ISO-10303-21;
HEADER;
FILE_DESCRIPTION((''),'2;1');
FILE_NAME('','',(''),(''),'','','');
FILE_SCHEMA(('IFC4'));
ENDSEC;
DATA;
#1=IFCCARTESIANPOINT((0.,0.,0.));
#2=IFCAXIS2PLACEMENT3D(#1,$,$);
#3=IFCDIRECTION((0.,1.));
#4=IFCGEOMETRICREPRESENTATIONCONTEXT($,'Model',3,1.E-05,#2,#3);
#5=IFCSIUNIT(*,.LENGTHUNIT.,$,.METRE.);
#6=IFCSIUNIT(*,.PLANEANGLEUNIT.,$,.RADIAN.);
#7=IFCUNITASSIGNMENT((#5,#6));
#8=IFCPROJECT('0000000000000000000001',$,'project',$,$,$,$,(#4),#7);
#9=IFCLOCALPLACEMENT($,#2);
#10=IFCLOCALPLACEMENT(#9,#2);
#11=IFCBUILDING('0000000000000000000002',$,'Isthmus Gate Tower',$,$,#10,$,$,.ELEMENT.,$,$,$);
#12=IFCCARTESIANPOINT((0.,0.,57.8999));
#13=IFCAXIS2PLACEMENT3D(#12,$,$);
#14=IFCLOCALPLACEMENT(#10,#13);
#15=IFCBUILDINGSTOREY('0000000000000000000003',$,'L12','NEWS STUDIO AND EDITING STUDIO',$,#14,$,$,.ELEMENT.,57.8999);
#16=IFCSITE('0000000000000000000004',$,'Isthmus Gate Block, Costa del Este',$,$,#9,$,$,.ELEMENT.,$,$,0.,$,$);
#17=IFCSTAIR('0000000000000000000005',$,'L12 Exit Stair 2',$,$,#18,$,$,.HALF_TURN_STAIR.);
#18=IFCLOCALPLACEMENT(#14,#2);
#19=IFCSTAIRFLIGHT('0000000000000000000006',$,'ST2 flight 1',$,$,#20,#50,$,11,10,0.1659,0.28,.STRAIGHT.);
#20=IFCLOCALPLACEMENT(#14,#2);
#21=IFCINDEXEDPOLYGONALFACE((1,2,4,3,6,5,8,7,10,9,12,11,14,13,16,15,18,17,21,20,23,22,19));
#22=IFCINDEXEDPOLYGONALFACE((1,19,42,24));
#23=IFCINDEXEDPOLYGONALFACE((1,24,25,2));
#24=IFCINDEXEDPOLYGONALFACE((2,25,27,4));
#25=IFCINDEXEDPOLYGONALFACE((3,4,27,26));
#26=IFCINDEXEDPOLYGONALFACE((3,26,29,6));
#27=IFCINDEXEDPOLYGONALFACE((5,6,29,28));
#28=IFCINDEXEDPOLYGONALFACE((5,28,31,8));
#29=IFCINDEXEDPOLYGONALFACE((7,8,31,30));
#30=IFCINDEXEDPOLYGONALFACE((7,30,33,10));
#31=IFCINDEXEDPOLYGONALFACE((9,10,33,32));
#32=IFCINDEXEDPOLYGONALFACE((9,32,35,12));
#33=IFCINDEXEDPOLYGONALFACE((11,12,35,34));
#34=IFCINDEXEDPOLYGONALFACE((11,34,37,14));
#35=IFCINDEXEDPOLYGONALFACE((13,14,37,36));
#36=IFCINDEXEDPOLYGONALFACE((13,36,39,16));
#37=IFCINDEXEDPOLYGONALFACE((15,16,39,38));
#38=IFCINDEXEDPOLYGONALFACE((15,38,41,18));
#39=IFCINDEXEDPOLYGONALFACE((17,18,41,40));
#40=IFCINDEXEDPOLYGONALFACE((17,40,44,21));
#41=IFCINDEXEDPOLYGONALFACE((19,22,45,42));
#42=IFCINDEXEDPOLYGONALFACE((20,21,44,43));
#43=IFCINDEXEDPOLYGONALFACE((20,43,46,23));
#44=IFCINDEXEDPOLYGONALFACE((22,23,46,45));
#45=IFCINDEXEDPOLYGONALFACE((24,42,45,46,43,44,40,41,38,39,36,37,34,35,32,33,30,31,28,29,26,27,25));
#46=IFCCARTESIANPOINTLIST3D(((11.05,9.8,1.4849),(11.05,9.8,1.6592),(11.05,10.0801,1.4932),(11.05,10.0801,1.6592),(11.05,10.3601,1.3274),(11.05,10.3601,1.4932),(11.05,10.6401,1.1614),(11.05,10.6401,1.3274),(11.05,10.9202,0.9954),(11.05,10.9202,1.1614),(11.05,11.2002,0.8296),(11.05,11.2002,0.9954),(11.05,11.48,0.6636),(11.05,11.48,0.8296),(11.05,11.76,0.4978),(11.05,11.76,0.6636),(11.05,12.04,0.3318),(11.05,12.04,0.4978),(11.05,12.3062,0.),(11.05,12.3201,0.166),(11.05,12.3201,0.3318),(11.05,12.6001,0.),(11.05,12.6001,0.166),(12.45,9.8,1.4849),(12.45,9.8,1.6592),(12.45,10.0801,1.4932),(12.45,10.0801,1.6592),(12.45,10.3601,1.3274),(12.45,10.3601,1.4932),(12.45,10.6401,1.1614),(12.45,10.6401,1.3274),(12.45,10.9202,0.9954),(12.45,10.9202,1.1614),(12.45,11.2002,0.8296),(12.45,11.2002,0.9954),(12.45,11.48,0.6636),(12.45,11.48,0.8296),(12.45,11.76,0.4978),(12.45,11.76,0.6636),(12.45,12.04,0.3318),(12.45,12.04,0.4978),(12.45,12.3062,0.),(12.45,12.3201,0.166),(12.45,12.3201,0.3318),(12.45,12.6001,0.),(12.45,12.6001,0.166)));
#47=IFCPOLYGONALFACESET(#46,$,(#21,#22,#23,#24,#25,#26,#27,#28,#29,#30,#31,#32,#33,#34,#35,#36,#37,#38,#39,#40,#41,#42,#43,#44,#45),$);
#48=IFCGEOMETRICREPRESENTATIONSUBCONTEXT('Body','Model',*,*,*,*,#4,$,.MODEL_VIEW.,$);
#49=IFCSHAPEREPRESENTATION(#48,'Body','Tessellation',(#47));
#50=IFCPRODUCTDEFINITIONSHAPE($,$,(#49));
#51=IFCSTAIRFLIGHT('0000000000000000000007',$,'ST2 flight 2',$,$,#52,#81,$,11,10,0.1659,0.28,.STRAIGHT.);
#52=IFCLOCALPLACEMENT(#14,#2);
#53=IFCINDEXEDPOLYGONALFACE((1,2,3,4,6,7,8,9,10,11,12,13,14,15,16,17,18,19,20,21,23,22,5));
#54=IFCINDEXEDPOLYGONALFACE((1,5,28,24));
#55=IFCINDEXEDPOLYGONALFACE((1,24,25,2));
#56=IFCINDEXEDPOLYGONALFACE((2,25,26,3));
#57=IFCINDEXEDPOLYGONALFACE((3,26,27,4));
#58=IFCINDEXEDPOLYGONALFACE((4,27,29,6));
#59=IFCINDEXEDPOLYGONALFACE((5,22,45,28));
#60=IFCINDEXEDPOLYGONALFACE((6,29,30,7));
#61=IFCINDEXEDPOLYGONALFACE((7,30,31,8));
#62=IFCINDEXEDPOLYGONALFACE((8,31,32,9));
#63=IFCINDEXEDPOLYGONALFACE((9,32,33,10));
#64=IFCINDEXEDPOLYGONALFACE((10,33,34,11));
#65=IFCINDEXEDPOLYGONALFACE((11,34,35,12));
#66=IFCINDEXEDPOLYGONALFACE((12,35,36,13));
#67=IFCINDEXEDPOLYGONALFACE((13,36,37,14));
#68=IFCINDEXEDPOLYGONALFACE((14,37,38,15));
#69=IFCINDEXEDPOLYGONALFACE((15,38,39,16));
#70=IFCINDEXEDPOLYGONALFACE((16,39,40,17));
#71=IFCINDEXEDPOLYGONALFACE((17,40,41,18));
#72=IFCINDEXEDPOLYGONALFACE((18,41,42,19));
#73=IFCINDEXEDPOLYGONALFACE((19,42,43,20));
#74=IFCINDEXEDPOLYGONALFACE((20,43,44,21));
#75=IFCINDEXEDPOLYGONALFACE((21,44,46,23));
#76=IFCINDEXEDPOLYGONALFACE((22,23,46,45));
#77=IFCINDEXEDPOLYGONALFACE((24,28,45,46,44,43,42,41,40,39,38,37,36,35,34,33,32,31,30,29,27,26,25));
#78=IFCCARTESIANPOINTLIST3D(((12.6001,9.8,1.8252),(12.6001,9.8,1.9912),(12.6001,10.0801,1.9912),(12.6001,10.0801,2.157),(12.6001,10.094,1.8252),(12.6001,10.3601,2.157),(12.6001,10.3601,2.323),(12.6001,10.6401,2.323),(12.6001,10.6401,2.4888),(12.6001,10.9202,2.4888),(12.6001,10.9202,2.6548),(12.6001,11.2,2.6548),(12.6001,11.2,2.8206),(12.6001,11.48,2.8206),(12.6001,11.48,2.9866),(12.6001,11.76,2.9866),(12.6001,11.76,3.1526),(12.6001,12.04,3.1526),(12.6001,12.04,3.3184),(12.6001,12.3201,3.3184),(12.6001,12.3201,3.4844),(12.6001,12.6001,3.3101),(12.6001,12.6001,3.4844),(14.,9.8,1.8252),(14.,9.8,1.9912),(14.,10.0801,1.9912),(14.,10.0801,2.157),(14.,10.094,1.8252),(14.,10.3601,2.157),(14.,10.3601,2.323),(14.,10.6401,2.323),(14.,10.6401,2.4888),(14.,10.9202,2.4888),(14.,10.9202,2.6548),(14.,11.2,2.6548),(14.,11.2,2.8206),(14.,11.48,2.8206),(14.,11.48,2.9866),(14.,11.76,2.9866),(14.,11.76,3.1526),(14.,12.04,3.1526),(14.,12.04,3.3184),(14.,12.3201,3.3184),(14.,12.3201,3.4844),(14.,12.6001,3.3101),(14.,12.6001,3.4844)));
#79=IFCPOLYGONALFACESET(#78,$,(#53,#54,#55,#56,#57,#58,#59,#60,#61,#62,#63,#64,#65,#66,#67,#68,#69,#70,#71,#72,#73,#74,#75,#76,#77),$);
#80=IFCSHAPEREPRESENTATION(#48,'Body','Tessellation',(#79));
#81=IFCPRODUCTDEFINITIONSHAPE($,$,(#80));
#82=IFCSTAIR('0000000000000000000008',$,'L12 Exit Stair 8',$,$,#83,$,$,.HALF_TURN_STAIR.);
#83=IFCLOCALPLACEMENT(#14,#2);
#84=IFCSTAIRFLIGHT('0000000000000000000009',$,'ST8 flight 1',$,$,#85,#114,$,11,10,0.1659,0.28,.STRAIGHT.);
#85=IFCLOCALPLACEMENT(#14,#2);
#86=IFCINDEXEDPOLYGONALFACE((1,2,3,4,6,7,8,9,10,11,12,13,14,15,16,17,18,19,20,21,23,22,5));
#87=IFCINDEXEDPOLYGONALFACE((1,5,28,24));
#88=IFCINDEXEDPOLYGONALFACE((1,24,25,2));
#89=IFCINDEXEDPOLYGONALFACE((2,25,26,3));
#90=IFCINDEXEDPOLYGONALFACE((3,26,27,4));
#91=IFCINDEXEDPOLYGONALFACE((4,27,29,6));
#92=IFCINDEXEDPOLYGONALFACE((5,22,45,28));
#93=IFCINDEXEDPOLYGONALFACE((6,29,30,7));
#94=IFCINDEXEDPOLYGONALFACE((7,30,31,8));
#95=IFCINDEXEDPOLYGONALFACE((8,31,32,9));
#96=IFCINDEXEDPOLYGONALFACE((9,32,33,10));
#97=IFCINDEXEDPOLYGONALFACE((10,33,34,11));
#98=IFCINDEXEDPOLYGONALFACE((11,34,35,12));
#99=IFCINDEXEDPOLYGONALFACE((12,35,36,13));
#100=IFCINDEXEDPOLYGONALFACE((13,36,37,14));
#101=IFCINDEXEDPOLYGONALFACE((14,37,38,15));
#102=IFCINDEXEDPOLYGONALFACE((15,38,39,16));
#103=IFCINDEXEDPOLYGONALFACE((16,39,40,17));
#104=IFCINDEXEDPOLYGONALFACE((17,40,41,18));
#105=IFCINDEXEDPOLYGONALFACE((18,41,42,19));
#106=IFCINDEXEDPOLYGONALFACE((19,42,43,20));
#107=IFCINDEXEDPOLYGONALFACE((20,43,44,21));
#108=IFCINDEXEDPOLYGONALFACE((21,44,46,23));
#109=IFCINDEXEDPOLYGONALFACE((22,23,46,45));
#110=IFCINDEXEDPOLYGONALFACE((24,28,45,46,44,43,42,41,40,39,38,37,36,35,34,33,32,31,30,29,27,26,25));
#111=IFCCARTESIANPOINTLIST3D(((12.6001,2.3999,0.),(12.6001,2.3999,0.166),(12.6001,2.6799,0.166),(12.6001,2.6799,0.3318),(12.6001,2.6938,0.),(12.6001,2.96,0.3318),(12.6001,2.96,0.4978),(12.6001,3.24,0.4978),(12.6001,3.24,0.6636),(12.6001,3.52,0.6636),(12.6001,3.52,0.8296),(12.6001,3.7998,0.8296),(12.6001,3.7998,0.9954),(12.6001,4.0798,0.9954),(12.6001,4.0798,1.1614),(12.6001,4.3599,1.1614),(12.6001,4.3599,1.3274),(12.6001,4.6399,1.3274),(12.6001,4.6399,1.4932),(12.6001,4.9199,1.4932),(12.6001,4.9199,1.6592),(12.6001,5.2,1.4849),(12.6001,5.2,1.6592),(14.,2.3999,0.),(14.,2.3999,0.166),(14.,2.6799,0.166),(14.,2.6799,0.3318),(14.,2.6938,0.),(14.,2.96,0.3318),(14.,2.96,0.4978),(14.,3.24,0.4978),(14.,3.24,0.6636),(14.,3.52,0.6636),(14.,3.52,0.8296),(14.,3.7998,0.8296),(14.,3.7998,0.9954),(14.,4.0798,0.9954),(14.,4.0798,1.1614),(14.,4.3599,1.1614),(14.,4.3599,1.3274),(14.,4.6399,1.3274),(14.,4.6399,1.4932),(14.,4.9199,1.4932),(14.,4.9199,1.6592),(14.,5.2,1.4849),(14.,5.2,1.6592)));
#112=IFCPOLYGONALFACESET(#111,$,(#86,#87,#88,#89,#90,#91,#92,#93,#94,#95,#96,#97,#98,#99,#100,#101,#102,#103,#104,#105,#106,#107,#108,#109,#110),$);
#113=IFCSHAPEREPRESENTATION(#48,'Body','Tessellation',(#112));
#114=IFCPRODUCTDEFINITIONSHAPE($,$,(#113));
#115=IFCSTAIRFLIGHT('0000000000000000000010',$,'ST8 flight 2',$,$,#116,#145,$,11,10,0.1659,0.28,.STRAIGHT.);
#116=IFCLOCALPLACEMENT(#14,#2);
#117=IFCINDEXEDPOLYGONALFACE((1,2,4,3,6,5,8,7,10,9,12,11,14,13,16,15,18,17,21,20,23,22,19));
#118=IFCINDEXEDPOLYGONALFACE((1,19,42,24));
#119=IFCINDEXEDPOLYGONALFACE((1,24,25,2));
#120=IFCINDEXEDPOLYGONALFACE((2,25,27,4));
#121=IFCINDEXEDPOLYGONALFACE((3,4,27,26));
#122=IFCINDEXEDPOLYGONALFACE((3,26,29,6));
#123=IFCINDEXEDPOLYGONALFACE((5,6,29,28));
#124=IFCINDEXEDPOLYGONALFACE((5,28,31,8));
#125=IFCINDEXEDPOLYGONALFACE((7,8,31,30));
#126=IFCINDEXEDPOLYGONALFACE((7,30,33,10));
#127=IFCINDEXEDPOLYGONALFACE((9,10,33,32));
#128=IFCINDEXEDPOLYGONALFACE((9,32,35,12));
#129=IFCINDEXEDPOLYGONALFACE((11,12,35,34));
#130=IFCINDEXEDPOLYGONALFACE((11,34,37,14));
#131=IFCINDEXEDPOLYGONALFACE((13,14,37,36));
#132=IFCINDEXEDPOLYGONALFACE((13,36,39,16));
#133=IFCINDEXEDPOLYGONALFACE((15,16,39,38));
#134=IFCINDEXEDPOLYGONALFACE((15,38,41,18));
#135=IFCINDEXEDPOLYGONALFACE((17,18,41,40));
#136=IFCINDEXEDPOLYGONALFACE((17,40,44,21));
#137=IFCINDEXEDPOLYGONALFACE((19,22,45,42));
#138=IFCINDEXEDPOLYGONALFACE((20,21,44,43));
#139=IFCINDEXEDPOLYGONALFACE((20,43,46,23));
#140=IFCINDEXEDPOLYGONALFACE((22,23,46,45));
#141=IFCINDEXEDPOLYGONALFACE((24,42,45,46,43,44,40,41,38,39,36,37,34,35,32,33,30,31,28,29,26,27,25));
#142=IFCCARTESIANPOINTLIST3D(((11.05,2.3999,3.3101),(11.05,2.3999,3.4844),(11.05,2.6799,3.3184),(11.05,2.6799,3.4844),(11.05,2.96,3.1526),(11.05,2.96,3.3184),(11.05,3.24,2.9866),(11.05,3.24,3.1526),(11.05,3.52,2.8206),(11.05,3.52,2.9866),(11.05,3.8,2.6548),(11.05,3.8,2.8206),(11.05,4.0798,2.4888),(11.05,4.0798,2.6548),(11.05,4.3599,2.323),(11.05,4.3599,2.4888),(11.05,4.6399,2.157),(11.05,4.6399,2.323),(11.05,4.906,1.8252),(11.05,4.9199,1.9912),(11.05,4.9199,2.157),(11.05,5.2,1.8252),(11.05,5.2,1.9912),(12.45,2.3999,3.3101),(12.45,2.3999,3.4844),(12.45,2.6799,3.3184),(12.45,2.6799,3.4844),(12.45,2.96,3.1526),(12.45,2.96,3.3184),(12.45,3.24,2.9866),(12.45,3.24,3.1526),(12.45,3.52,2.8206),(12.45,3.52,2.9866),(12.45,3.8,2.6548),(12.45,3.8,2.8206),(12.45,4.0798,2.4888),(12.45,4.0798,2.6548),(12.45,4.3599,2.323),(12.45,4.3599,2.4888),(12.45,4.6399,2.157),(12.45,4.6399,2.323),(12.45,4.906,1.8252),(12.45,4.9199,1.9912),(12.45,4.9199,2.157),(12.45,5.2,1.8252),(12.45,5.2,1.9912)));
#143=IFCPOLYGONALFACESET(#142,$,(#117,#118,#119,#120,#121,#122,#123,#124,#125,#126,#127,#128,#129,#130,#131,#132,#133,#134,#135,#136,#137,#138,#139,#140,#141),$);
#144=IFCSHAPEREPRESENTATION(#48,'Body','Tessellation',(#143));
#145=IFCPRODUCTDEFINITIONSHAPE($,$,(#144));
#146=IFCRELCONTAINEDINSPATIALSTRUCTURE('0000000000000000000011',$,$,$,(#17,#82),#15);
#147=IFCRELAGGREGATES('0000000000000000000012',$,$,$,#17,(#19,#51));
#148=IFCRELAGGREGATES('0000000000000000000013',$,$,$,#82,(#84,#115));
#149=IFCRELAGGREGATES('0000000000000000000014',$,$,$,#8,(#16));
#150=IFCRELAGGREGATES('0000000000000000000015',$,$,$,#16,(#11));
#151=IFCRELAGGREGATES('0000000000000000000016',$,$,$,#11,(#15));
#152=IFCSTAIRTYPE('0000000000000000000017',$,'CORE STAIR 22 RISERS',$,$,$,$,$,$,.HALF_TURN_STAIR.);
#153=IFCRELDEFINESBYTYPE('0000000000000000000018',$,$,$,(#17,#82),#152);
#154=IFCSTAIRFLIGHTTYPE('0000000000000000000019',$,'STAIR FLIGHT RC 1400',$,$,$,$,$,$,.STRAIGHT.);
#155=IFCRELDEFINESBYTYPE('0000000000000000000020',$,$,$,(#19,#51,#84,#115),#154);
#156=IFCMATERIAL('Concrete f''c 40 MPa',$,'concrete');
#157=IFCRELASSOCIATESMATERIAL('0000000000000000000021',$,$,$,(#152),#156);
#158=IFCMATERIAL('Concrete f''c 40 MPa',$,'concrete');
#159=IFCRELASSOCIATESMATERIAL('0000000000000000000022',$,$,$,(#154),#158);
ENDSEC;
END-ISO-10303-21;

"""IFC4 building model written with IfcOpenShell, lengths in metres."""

from ifc_helpers import new_model, si_unit, direction, frame, origin, place, context, subcontext, project, spatial, polyline, outline, extrude, material, type_object, element, aggregate, save


model = new_model("IFC4")

# Units and contexts
model_context = context("Model", 3, precision=1e-05, world=origin(), true_north=direction((0.0, 1.0)))
body_context = subcontext(model_context, "Body", "Model", "MODEL_VIEW")
ifc_project = project(units=[si_unit("LENGTHUNIT", "METRE"), si_unit("PLANEANGLEUNIT", "RADIAN")], contexts=[model_context])

# Site, building, storey
site_placement = place(None, origin())
site = spatial("IfcSite", under=ifc_project, at=site_placement, Name="Isthmus Gate Block, Costa del Este", CompositionType="ELEMENT", RefElevation=0.0)
building_placement = place(site_placement, origin())
building = spatial("IfcBuilding", under=site, at=building_placement, Name="Isthmus Gate Tower", CompositionType="ELEMENT")
storey_placement = place(building_placement, frame((0.0, 0.0, 57.8999)))
storey = spatial("IfcBuildingStorey", under=building, at=storey_placement, Name="L12", Description="NEWS STUDIO AND EDITING STUDIO", CompositionType="ELEMENT", Elevation=57.8999)

# Stairs, stair flights
ifc_material_1 = material(Name="Concrete f'c 40 MPa", Category="concrete")
stair_type = type_object("IfcStairType", Name="CORE STAIR 22 RISERS", PredefinedType="HALF_TURN_STAIR", material=ifc_material_1)
stair_1_placement = place(storey_placement, origin())
stair_1 = element("IfcStair", 1, at=stair_1_placement, inside=storey, type_object=stair_type, Name="L12 Exit Stair 2", PredefinedType="HALF_TURN_STAIR")
ifc_material_2 = material(Name="Concrete f'c 40 MPa", Category="concrete")
stair_flight_type = type_object("IfcStairFlightType", Name="STAIR FLIGHT RC 1400", PredefinedType="STRAIGHT", material=ifc_material_2)
stair_flight_1_placement = place(storey_placement, frame((11.75, 12.6001, 0.0), z_axis=(0.0, 0.0, 1.0), x_axis=(0.0, -1.0, 0.0)))
stair_flight_1 = element("IfcStairFlight", 2, at=stair_flight_1_placement, type_object=stair_flight_type, Name="ST2 flight 1", NumberOfRisers=11, NumberOfTreads=10, PredefinedType="STRAIGHT", RiserHeight=0.1659, TreadLength=0.28, context=body_context, shape_type="SweptSolid", body=[
    extrude(outline(polyline([(0.0, 0.0), (0.0, 0.166), (0.28, 0.166), (0.28, 0.3318), (0.5601, 0.3318), (0.5601, 0.4978), (0.8401, 0.4978), (0.8401, 0.6636), (1.1201, 0.6636), (1.1201, 0.8296), (1.3999, 0.8296), (1.3999, 0.9954), (1.6799, 0.9954), (1.6799, 1.1614), (1.96, 1.1614), (1.96, 1.3274), (2.24, 1.3274), (2.24, 1.4932), (2.52, 1.4932), (2.52, 1.6592), (2.8, 1.6592), (2.8, 1.825), (2.8, 1.4849), (0.2939, 0.0), (0.0, 0.0)])), frame((0.0, 0.7, 0.0), z_axis=(0.0, -1.0, 0.0), x_axis=(1.0, 0.0, 0.0)), (0.0, 0.0, 1.0), 1.3999),
])
stair_flight_2_placement = place(storey_placement, frame((13.3, 9.8, 1.8252), z_axis=(0.0, 0.0, 1.0), x_axis=(0.0, 1.0, 0.0)))
stair_flight_2 = element("IfcStairFlight", 3, at=stair_flight_2_placement, type_object=stair_flight_type, Name="ST2 flight 2", NumberOfRisers=11, NumberOfTreads=10, PredefinedType="STRAIGHT", RiserHeight=0.1659, TreadLength=0.28, context=body_context, shape_type="SweptSolid", body=[
    extrude(outline(polyline([(0.0, 0.0), (0.0, 0.166), (0.28, 0.166), (0.28, 0.3318), (0.5601, 0.3318), (0.5601, 0.4978), (0.8401, 0.4978), (0.8401, 0.6636), (1.1201, 0.6636), (1.1201, 0.8296), (1.3999, 0.8296), (1.3999, 0.9954), (1.6799, 0.9954), (1.6799, 1.1614), (1.96, 1.1614), (1.96, 1.3274), (2.24, 1.3274), (2.24, 1.4932), (2.52, 1.4932), (2.52, 1.6592), (2.8, 1.6592), (2.8, 1.825), (2.8, 1.4849), (0.2939, 0.0), (0.0, 0.0)])), frame((0.0, 0.7, 0.0), z_axis=(0.0, -1.0, 0.0), x_axis=(1.0, 0.0, 0.0)), (0.0, 0.0, 1.0), 1.3999),
])
aggregate(stair_1, [stair_flight_1, stair_flight_2])
stair_2_placement = place(storey_placement, origin())
stair_2 = element("IfcStair", 4, at=stair_2_placement, inside=storey, type_object=stair_type, Name="L12 Exit Stair 8", PredefinedType="HALF_TURN_STAIR")
stair_flight_3_placement = place(storey_placement, frame((13.3, 2.3999, 0.0), z_axis=(0.0, 0.0, 1.0), x_axis=(0.0, 1.0, 0.0)))
stair_flight_3 = element("IfcStairFlight", 5, at=stair_flight_3_placement, type_object=stair_flight_type, Name="ST8 flight 1", NumberOfRisers=11, NumberOfTreads=10, PredefinedType="STRAIGHT", RiserHeight=0.1659, TreadLength=0.28, context=body_context, shape_type="SweptSolid", body=[
    extrude(outline(polyline([(0.0, 0.0), (0.0, 0.166), (0.28, 0.166), (0.28, 0.3318), (0.5601, 0.3318), (0.5601, 0.4978), (0.8401, 0.4978), (0.8401, 0.6636), (1.1201, 0.6636), (1.1201, 0.8296), (1.3999, 0.8296), (1.3999, 0.9954), (1.6799, 0.9954), (1.6799, 1.1614), (1.96, 1.1614), (1.96, 1.3274), (2.24, 1.3274), (2.24, 1.4932), (2.52, 1.4932), (2.52, 1.6592), (2.8, 1.6592), (2.8, 1.825), (2.8, 1.4849), (0.2939, 0.0), (0.0, 0.0)])), frame((0.0, 0.7, 0.0), z_axis=(0.0, -1.0, 0.0), x_axis=(1.0, 0.0, 0.0)), (0.0, 0.0, 1.0), 1.3999),
])
stair_flight_4_placement = place(storey_placement, frame((11.75, 5.2, 1.8252), z_axis=(0.0, 0.0, 1.0), x_axis=(0.0, -1.0, 0.0)))
stair_flight_4 = element("IfcStairFlight", 6, at=stair_flight_4_placement, type_object=stair_flight_type, Name="ST8 flight 2", NumberOfRisers=11, NumberOfTreads=10, PredefinedType="STRAIGHT", RiserHeight=0.1659, TreadLength=0.28, context=body_context, shape_type="SweptSolid", body=[
    extrude(outline(polyline([(0.0, 0.0), (0.0, 0.166), (0.28, 0.166), (0.28, 0.3318), (0.5601, 0.3318), (0.5601, 0.4978), (0.8401, 0.4978), (0.8401, 0.6636), (1.1201, 0.6636), (1.1201, 0.8296), (1.3999, 0.8296), (1.3999, 0.9954), (1.6799, 0.9954), (1.6799, 1.1614), (1.96, 1.1614), (1.96, 1.3274), (2.24, 1.3274), (2.24, 1.4932), (2.52, 1.4932), (2.52, 1.6592), (2.8, 1.6592), (2.8, 1.825), (2.8, 1.4849), (0.2939, 0.0), (0.0, 0.0)])), frame((0.0, 0.7, 0.0), z_axis=(0.0, -1.0, 0.0), x_axis=(1.0, 0.0, 0.0)), (0.0, 0.0, 1.0), 1.3999),
])
aggregate(stair_2, [stair_flight_3, stair_flight_4])

save(model, "model.ifc")
